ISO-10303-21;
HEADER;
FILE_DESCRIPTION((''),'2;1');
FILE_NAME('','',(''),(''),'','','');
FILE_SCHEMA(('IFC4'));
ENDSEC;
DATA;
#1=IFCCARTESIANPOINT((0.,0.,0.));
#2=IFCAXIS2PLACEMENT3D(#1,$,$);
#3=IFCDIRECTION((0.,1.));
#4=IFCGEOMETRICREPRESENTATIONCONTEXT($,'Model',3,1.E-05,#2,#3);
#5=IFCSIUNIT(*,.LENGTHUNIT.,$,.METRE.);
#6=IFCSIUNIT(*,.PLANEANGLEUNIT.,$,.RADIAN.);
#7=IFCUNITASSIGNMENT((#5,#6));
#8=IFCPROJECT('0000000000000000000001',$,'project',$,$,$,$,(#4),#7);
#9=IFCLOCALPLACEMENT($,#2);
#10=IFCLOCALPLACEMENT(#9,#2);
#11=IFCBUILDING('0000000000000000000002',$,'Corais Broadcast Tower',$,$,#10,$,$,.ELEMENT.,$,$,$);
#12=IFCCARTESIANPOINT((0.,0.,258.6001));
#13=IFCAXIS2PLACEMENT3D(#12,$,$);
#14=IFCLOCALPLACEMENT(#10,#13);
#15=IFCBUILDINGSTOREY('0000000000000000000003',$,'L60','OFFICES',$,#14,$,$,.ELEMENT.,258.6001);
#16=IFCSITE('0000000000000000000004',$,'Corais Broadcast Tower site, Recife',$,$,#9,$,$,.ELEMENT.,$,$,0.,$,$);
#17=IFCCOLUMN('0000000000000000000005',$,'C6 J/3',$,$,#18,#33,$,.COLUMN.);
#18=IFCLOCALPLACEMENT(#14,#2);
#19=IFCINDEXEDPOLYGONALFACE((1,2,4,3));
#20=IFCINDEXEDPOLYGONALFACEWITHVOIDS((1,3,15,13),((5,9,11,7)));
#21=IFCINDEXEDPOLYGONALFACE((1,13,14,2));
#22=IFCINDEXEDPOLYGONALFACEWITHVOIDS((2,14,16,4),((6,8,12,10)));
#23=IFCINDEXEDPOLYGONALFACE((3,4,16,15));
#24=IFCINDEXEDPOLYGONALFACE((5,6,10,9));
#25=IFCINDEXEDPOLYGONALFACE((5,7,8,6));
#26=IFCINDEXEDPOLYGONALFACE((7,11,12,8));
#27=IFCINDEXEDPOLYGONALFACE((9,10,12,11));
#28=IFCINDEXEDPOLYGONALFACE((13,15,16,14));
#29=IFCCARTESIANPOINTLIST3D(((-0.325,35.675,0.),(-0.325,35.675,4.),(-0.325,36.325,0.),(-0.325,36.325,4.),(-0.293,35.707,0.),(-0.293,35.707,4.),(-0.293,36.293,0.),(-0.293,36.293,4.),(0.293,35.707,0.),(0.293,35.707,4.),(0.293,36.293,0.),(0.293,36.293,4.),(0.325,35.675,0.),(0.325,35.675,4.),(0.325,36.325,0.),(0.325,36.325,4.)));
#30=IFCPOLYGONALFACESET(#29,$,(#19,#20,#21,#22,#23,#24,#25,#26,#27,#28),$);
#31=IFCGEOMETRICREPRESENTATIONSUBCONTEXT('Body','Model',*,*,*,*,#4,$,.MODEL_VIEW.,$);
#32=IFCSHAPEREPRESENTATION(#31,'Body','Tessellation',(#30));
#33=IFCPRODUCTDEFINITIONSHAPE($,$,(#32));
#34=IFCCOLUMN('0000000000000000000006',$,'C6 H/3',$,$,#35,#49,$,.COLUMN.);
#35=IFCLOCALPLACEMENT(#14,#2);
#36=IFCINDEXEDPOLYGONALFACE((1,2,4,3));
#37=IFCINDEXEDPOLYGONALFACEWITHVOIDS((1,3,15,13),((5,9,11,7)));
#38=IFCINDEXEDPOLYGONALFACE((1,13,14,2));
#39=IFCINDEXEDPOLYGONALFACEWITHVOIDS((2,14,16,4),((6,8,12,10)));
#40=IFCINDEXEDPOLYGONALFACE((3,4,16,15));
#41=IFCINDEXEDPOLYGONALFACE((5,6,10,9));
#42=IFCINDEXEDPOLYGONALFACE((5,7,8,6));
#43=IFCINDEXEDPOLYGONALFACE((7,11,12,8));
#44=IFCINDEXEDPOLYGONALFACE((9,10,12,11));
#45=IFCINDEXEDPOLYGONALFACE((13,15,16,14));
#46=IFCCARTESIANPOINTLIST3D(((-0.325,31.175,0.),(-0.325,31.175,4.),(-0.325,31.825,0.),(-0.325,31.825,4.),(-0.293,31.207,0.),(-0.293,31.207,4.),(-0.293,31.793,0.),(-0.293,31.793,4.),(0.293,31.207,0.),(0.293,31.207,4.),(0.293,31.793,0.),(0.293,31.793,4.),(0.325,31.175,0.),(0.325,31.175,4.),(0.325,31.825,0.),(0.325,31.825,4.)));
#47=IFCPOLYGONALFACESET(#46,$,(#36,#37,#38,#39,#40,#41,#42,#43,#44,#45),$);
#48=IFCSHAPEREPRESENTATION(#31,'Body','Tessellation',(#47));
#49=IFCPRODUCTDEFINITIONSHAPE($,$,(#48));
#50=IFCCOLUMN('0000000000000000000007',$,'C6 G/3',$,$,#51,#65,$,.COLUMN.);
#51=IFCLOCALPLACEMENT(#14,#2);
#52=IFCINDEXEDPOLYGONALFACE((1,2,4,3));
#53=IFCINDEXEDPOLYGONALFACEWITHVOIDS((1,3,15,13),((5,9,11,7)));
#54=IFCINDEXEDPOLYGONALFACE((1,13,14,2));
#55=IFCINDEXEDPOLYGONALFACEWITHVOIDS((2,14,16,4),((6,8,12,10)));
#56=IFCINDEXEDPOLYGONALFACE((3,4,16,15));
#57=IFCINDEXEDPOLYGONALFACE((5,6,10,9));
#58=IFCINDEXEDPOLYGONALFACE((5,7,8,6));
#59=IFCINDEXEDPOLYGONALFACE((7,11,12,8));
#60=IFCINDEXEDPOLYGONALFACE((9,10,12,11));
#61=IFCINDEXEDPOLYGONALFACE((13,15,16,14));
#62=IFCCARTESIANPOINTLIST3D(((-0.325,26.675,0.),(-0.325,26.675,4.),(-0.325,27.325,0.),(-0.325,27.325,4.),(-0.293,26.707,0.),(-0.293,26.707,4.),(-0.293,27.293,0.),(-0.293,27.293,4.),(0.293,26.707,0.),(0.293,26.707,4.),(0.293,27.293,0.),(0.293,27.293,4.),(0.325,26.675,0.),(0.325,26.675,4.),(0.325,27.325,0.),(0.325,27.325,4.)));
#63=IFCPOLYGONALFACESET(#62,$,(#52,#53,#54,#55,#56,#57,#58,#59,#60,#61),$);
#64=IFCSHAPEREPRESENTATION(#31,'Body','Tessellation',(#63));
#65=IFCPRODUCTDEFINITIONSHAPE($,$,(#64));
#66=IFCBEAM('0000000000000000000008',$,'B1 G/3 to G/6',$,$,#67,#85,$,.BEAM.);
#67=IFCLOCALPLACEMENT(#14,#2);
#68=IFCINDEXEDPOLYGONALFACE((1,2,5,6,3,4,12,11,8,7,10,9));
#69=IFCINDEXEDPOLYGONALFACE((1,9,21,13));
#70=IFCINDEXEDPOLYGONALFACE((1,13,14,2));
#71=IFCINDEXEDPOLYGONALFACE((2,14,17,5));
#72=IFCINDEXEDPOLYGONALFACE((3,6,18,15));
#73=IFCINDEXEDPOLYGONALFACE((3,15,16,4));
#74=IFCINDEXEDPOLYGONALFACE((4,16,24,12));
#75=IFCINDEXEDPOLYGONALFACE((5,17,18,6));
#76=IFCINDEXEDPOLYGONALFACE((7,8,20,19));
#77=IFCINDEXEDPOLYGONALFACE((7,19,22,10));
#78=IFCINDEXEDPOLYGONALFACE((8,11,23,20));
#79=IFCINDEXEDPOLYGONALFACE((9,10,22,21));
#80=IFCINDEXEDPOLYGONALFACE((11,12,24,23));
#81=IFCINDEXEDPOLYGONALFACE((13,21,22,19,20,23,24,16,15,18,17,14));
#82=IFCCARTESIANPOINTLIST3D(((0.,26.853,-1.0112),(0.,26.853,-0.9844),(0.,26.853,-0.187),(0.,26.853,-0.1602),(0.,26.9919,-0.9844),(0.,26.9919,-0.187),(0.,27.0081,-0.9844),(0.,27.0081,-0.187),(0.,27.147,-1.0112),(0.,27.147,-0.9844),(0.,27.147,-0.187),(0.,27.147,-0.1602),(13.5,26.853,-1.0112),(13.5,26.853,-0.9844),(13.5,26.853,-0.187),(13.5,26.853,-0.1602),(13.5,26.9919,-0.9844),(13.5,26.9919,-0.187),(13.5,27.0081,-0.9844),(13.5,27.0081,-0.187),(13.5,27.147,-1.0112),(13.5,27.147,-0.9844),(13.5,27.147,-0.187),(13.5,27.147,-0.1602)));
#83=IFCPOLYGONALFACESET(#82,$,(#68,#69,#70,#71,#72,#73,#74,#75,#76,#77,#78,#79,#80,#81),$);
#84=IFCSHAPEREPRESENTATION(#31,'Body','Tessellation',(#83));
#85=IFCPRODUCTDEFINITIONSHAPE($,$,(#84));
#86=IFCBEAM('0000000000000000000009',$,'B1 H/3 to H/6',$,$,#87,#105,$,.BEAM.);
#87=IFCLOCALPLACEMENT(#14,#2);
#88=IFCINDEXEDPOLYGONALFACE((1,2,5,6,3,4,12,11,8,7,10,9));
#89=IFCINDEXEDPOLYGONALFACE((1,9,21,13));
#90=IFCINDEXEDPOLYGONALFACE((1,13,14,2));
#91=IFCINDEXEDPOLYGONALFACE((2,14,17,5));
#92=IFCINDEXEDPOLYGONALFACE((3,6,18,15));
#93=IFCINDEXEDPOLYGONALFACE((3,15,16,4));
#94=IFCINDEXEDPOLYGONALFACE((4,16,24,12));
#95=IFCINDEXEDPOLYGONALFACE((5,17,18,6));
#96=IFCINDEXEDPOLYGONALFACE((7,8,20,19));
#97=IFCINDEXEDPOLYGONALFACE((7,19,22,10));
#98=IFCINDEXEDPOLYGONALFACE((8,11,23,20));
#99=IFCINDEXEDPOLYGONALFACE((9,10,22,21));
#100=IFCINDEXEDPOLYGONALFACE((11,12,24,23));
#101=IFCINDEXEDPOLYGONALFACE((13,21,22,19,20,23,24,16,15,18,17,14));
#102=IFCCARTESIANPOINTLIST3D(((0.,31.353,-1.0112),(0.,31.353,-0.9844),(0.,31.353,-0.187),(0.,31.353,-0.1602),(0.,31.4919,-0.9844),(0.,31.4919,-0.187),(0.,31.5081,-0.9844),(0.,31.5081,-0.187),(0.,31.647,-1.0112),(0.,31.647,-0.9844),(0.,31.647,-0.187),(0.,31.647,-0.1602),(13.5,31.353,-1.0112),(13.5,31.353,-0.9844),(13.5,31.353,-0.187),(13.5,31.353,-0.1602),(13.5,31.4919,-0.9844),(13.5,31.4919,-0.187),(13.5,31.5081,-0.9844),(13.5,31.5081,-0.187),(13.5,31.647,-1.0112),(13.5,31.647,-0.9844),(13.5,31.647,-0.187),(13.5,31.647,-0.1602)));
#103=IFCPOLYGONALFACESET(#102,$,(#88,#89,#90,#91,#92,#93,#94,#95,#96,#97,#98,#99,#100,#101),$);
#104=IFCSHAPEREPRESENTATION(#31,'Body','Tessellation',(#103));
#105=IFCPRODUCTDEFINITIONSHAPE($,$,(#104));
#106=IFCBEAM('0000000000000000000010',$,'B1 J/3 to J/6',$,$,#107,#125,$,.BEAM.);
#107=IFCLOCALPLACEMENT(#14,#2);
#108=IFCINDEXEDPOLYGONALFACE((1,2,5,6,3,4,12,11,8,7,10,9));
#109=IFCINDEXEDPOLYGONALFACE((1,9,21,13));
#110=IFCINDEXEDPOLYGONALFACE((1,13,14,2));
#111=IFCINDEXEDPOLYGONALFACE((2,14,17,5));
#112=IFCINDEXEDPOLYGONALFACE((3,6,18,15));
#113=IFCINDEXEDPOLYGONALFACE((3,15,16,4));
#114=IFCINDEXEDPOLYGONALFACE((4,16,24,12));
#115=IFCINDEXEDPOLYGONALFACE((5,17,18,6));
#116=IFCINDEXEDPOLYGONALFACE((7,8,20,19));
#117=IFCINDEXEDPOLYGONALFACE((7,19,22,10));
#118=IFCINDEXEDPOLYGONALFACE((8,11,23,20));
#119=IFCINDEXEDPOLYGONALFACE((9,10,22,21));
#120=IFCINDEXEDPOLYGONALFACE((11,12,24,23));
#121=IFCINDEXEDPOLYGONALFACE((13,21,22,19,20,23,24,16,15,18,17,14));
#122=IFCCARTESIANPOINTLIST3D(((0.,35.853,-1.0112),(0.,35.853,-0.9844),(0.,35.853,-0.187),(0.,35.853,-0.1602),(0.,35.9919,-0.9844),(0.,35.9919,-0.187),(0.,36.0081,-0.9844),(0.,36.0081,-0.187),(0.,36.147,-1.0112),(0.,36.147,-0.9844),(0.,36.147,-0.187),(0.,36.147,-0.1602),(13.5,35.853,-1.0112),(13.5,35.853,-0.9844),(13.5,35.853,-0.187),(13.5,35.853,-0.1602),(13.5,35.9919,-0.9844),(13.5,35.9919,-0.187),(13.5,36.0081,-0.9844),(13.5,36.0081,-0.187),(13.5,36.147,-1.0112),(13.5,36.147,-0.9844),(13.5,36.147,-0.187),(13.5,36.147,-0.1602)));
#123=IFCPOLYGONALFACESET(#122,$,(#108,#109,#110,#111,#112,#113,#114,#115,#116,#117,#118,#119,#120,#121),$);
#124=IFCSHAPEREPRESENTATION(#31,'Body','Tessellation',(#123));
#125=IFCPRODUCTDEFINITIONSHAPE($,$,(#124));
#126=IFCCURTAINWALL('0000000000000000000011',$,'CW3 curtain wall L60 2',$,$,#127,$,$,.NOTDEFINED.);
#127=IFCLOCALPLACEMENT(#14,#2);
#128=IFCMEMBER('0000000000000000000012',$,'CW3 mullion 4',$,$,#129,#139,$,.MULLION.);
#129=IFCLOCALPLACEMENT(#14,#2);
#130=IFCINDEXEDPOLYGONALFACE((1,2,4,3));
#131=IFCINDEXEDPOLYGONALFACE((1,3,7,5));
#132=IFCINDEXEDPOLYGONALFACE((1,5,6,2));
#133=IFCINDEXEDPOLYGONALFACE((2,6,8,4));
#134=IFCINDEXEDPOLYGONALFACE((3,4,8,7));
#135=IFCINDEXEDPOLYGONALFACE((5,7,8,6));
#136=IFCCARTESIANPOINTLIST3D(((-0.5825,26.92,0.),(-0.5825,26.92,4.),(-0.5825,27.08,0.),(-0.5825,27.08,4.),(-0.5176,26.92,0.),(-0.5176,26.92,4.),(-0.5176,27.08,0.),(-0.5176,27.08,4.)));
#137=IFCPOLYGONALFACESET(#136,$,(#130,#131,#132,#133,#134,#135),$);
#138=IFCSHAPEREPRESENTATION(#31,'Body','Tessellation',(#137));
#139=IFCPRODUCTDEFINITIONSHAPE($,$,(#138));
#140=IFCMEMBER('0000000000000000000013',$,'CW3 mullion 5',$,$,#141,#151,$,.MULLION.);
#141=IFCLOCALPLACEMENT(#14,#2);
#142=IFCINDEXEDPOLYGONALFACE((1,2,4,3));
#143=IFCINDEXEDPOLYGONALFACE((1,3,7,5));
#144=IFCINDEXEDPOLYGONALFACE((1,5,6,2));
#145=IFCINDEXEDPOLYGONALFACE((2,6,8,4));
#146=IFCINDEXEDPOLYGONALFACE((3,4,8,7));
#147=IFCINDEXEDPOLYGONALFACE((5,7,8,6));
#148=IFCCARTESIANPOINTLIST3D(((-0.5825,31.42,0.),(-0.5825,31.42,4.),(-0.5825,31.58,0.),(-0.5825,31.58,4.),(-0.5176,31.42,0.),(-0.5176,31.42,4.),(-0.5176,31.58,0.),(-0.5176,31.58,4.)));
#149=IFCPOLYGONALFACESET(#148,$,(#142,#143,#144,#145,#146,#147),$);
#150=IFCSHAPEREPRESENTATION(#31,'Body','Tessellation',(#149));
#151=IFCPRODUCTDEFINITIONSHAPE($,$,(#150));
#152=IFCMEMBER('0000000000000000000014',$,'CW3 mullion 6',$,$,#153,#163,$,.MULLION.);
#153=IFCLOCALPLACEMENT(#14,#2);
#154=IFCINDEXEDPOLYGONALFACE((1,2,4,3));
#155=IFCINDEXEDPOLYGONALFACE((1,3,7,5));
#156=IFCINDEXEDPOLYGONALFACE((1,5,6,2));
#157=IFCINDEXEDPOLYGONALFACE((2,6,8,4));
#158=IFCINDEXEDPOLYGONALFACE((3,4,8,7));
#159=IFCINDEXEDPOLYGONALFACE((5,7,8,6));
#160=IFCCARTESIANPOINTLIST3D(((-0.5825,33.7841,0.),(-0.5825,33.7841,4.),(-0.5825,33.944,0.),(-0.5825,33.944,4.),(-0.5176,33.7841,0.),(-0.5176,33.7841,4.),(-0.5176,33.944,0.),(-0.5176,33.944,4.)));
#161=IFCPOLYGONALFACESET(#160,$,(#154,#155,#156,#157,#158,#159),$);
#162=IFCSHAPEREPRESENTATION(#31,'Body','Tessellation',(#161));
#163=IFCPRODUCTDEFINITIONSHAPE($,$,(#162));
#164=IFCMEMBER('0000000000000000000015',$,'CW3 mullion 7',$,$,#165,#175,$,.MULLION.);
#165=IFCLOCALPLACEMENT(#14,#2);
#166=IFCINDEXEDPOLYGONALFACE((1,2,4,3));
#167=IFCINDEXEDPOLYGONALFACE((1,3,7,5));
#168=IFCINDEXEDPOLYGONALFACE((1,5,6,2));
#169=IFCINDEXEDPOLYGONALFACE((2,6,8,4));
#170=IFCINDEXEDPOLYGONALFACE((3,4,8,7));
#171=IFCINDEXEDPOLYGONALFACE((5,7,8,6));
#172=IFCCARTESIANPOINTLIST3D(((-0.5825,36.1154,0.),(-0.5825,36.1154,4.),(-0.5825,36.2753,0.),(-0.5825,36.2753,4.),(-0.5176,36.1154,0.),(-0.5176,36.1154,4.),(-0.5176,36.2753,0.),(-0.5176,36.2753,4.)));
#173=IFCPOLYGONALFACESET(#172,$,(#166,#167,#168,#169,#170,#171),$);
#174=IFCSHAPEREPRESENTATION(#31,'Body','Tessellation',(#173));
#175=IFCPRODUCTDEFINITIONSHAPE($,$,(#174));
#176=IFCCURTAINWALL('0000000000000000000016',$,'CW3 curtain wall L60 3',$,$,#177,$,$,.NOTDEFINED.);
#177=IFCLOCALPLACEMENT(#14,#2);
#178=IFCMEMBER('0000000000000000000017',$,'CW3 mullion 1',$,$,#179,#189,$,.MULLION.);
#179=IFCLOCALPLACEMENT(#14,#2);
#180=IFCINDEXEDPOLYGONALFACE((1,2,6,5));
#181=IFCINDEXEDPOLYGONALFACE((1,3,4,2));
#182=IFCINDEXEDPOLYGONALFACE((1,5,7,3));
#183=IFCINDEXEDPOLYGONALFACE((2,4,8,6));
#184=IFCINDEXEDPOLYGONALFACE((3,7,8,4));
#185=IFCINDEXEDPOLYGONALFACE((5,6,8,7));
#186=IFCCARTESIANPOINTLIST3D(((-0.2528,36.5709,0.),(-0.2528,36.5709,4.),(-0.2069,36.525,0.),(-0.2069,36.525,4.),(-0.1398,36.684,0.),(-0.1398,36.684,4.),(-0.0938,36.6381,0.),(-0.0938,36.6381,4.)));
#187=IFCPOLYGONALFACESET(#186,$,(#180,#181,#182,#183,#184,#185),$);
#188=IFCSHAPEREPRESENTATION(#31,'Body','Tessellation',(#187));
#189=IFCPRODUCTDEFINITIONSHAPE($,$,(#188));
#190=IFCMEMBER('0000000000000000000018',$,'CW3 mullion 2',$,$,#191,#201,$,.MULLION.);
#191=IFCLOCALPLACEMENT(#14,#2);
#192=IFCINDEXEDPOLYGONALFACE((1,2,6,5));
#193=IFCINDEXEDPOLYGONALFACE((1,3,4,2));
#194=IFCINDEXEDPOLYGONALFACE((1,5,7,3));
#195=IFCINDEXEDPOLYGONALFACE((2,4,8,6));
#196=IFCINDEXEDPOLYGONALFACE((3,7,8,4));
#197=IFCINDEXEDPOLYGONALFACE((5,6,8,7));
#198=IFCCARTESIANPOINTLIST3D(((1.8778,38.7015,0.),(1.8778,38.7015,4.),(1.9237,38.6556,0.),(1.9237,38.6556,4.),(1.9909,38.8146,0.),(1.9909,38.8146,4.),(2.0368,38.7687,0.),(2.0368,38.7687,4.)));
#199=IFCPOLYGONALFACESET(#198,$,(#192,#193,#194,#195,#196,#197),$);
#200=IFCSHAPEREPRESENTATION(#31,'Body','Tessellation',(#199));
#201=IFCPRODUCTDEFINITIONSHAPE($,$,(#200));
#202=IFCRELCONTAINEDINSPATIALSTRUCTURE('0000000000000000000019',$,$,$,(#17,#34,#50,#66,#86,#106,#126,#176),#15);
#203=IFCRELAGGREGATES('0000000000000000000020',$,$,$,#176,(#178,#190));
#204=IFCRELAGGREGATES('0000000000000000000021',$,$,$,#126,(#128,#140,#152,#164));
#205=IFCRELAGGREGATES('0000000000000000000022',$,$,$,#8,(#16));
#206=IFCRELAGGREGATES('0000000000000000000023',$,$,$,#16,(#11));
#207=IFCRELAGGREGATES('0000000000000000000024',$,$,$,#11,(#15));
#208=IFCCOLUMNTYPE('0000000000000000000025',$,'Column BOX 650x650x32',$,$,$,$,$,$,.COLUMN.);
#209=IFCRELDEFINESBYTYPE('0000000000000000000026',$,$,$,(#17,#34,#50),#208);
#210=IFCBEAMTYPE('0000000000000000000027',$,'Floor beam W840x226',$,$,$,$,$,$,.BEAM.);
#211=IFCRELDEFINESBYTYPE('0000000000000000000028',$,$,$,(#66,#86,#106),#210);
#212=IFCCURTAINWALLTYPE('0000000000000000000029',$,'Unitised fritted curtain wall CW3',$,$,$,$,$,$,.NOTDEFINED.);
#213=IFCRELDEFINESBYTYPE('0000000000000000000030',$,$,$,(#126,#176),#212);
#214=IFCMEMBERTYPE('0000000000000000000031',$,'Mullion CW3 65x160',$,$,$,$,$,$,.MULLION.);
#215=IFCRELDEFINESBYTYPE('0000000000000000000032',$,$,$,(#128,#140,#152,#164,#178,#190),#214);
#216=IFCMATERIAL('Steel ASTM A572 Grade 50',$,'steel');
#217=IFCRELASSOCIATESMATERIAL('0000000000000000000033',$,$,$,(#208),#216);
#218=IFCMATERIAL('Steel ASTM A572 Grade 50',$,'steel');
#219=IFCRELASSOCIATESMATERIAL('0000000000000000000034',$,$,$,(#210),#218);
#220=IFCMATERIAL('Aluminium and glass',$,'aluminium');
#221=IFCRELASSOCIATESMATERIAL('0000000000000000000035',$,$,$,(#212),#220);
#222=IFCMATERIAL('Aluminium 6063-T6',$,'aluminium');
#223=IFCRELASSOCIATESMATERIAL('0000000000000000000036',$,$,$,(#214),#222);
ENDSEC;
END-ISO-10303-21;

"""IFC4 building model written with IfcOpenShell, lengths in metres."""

from ifc_helpers import new_model, si_unit, direction, frame, origin, origin_2d, place, context, subcontext, project, spatial, rectangle, hollow_rectangle, i_section, extrude, material, material_profile, profile_set, type_object, element, aggregate, save


model = new_model("IFC4")

# Units and contexts
model_context = context("Model", 3, precision=1e-05, world=origin(), true_north=direction((0.0, 1.0)))
body_context = subcontext(model_context, "Body", "Model", "MODEL_VIEW")
ifc_project = project(units=[si_unit("LENGTHUNIT", "METRE"), si_unit("PLANEANGLEUNIT", "RADIAN")], contexts=[model_context])

# Site, building, storey
site_placement = place(None, origin())
site = spatial("IfcSite", under=ifc_project, at=site_placement, Name="Corais Broadcast Tower site, Recife", CompositionType="ELEMENT", RefElevation=0.0)
building_placement = place(site_placement, origin())
building = spatial("IfcBuilding", under=site, at=building_placement, Name="Corais Broadcast Tower", CompositionType="ELEMENT")
storey_placement = place(building_placement, frame((0.0, 0.0, 258.6001)))
storey = spatial("IfcBuildingStorey", under=building, at=storey_placement, Name="L60", Description="OFFICES", CompositionType="ELEMENT", Elevation=258.6001)

# Columns
ifc_material_1 = material(Name="Steel ASTM A572 Grade 50", Category="steel")
ifc_material_profile_1 = material_profile(ifc_material_1, hollow_rectangle(XDim=0.6499, YDim=0.6499, WallThickness=0.032, at=origin_2d()), Name="BOX 650x650x32")
ifc_profile_set_1 = profile_set([ifc_material_profile_1], Name="Steel ASTM A572 Grade 50")
column_type = type_object("IfcColumnType", Name="Column BOX 650x650x32", PredefinedType="COLUMN", material=ifc_profile_set_1)
for number, where, z_axis, x_axis, name in (
    (1, (0.0, 36.0, 0.0), (0.0, 0.0, 1.0), (1.0, 0.0, 0.0), "C6 J/3"),
    (2, (0.0, 31.5, 0.0), (0.0, 0.0, 1.0), (1.0, 0.0, 0.0), "C6 H/3"),
    (3, (0.0, 27.0, 0.0), (0.0, 0.0, 1.0), (1.0, 0.0, 0.0), "C6 G/3"),
):
    element("IfcColumn", number, at=place(storey_placement, frame(where, z_axis=z_axis, x_axis=x_axis)), inside=storey, type_object=column_type, Name=name, PredefinedType="COLUMN", context=body_context, shape_type="SweptSolid", body=[
        extrude(hollow_rectangle(XDim=0.6499, YDim=0.6499, WallThickness=0.032, at=origin_2d()), origin(), (0.0, 0.0, 1.0), 4.0),
    ])

# Beams
ifc_material_2 = material(Name="Steel ASTM A572 Grade 50", Category="steel")
ifc_material_profile_2 = material_profile(ifc_material_2, i_section(OverallWidth=0.2939, OverallDepth=0.8511, WebThickness=0.0161, FlangeThickness=0.0269, at=origin_2d()), Name="W840x226")
ifc_profile_set_2 = profile_set([ifc_material_profile_2], Name="Steel ASTM A572 Grade 50")
beam_type_1 = type_object("IfcBeamType", Name="Floor beam W840x226", PredefinedType="BEAM", material=ifc_profile_set_2)
for number, where, z_axis, x_axis, name in (
    (4, (0.0, 27.0, -0.5857), (1.0, 0.0, 0.0), (0.0, 1.0, 0.0), "B1 G/3 to G/6"),
    (5, (0.0, 31.5, -0.5857), (1.0, 0.0, 0.0), (0.0, 1.0, 0.0), "B1 H/3 to H/6"),
    (6, (0.0, 36.0, -0.5857), (1.0, 0.0, 0.0), (0.0, 1.0, 0.0), "B1 J/3 to J/6"),
):
    element("IfcBeam", number, at=place(storey_placement, frame(where, z_axis=z_axis, x_axis=x_axis)), inside=storey, type_object=beam_type_1, Name=name, PredefinedType="BEAM", context=body_context, shape_type="SweptSolid", body=[
        extrude(i_section(OverallWidth=0.2939, OverallDepth=0.8511, WebThickness=0.0161, FlangeThickness=0.0269, at=origin_2d()), origin(), (0.0, 0.0, 1.0), 13.5),
    ])

# Curtain walls, members
ifc_material_3 = material(Name="Aluminium and glass", Category="aluminium")
curtain_wall_type = type_object("IfcCurtainWallType", Name="Unitised fritted curtain wall CW3", PredefinedType="NOTDEFINED", material=ifc_material_3)
curtain_wall_1_placement = place(storey_placement, origin())
curtain_wall_1 = element("IfcCurtainWall", 7, at=curtain_wall_1_placement, inside=storey, type_object=curtain_wall_type, Name="CW3 curtain wall L60 2", PredefinedType="NOTDEFINED")
ifc_material_4 = material(Name="Aluminium 6063-T6", Category="aluminium")
ifc_material_profile_3 = material_profile(ifc_material_4, rectangle(XDim=0.0649, YDim=0.1599, at=origin_2d()), Name="Mullion CW3 65x160")
ifc_profile_set_3 = profile_set([ifc_material_profile_3], Name="Aluminium 6063-T6")
member_type_1 = type_object("IfcMemberType", Name="Mullion CW3 65x160", PredefinedType="MULLION", material=ifc_profile_set_3)
member_1_placement = place(storey_placement, frame((-0.55, 27.0, 0.0), z_axis=(0.0, 0.0, 1.0), x_axis=(-1.0, 0.0, 0.0)))
member_1 = element("IfcMember", 8, at=member_1_placement, type_object=member_type_1, Name="CW3 mullion 4", PredefinedType="MULLION", context=body_context, shape_type="SweptSolid", body=[
    extrude(rectangle(XDim=0.0649, YDim=0.1599, at=origin_2d()), origin(), (0.0, 0.0, 1.0), 4.0),
])
member_2_placement = place(storey_placement, frame((-0.55, 31.5, 0.0), z_axis=(0.0, 0.0, 1.0), x_axis=(-1.0, 0.0, 0.0)))
member_2 = element("IfcMember", 9, at=member_2_placement, type_object=member_type_1, Name="CW3 mullion 5", PredefinedType="MULLION", context=body_context, shape_type="SweptSolid", body=[
    extrude(rectangle(XDim=0.0649, YDim=0.1599, at=origin_2d()), origin(), (0.0, 0.0, 1.0), 4.0),
])
member_3_placement = place(storey_placement, frame((-0.55, 33.864, 0.0), z_axis=(0.0, 0.0, 1.0), x_axis=(-1.0, 0.0, 0.0)))
member_3 = element("IfcMember", 10, at=member_3_placement, type_object=member_type_1, Name="CW3 mullion 6", PredefinedType="MULLION", context=body_context, shape_type="SweptSolid", body=[
    extrude(rectangle(XDim=0.0649, YDim=0.1599, at=origin_2d()), origin(), (0.0, 0.0, 1.0), 4.0),
])
member_4_placement = place(storey_placement, frame((-0.55, 36.1953, 0.0), z_axis=(0.0, 0.0, 1.0), x_axis=(-1.0, 0.0, 0.0)))
member_4 = element("IfcMember", 11, at=member_4_placement, type_object=member_type_1, Name="CW3 mullion 7", PredefinedType="MULLION", context=body_context, shape_type="SweptSolid", body=[
    extrude(rectangle(XDim=0.0649, YDim=0.1599, at=origin_2d()), origin(), (0.0, 0.0, 1.0), 4.0),
])
curtain_wall_2_placement = place(storey_placement, origin())
curtain_wall_2 = element("IfcCurtainWall", 12, at=curtain_wall_2_placement, inside=storey, type_object=curtain_wall_type, Name="CW3 curtain wall L60 3", PredefinedType="NOTDEFINED")
member_5_placement = place(storey_placement, frame((-0.1733, 36.6045, 0.0), z_axis=(0.0, 0.0, 1.0), x_axis=(-0.707107, 0.707107, 0.0)))
member_5 = element("IfcMember", 13, at=member_5_placement, type_object=member_type_1, Name="CW3 mullion 1", PredefinedType="MULLION", context=body_context, shape_type="SweptSolid", body=[
    extrude(rectangle(XDim=0.0649, YDim=0.1599, at=origin_2d()), origin(), (0.0, 0.0, 1.0), 4.0),
])
member_6_placement = place(storey_placement, frame((1.9573, 38.7351, 0.0), z_axis=(0.0, 0.0, 1.0), x_axis=(-0.707107, 0.707107, 0.0)))
member_6 = element("IfcMember", 14, at=member_6_placement, type_object=member_type_1, Name="CW3 mullion 2", PredefinedType="MULLION", context=body_context, shape_type="SweptSolid", body=[
    extrude(rectangle(XDim=0.0649, YDim=0.1599, at=origin_2d()), origin(), (0.0, 0.0, 1.0), 4.0),
])

aggregate(curtain_wall_2, [member_5, member_6])
aggregate(curtain_wall_1, [member_1, member_2, member_3, member_4])

save(model, "model.ifc")
